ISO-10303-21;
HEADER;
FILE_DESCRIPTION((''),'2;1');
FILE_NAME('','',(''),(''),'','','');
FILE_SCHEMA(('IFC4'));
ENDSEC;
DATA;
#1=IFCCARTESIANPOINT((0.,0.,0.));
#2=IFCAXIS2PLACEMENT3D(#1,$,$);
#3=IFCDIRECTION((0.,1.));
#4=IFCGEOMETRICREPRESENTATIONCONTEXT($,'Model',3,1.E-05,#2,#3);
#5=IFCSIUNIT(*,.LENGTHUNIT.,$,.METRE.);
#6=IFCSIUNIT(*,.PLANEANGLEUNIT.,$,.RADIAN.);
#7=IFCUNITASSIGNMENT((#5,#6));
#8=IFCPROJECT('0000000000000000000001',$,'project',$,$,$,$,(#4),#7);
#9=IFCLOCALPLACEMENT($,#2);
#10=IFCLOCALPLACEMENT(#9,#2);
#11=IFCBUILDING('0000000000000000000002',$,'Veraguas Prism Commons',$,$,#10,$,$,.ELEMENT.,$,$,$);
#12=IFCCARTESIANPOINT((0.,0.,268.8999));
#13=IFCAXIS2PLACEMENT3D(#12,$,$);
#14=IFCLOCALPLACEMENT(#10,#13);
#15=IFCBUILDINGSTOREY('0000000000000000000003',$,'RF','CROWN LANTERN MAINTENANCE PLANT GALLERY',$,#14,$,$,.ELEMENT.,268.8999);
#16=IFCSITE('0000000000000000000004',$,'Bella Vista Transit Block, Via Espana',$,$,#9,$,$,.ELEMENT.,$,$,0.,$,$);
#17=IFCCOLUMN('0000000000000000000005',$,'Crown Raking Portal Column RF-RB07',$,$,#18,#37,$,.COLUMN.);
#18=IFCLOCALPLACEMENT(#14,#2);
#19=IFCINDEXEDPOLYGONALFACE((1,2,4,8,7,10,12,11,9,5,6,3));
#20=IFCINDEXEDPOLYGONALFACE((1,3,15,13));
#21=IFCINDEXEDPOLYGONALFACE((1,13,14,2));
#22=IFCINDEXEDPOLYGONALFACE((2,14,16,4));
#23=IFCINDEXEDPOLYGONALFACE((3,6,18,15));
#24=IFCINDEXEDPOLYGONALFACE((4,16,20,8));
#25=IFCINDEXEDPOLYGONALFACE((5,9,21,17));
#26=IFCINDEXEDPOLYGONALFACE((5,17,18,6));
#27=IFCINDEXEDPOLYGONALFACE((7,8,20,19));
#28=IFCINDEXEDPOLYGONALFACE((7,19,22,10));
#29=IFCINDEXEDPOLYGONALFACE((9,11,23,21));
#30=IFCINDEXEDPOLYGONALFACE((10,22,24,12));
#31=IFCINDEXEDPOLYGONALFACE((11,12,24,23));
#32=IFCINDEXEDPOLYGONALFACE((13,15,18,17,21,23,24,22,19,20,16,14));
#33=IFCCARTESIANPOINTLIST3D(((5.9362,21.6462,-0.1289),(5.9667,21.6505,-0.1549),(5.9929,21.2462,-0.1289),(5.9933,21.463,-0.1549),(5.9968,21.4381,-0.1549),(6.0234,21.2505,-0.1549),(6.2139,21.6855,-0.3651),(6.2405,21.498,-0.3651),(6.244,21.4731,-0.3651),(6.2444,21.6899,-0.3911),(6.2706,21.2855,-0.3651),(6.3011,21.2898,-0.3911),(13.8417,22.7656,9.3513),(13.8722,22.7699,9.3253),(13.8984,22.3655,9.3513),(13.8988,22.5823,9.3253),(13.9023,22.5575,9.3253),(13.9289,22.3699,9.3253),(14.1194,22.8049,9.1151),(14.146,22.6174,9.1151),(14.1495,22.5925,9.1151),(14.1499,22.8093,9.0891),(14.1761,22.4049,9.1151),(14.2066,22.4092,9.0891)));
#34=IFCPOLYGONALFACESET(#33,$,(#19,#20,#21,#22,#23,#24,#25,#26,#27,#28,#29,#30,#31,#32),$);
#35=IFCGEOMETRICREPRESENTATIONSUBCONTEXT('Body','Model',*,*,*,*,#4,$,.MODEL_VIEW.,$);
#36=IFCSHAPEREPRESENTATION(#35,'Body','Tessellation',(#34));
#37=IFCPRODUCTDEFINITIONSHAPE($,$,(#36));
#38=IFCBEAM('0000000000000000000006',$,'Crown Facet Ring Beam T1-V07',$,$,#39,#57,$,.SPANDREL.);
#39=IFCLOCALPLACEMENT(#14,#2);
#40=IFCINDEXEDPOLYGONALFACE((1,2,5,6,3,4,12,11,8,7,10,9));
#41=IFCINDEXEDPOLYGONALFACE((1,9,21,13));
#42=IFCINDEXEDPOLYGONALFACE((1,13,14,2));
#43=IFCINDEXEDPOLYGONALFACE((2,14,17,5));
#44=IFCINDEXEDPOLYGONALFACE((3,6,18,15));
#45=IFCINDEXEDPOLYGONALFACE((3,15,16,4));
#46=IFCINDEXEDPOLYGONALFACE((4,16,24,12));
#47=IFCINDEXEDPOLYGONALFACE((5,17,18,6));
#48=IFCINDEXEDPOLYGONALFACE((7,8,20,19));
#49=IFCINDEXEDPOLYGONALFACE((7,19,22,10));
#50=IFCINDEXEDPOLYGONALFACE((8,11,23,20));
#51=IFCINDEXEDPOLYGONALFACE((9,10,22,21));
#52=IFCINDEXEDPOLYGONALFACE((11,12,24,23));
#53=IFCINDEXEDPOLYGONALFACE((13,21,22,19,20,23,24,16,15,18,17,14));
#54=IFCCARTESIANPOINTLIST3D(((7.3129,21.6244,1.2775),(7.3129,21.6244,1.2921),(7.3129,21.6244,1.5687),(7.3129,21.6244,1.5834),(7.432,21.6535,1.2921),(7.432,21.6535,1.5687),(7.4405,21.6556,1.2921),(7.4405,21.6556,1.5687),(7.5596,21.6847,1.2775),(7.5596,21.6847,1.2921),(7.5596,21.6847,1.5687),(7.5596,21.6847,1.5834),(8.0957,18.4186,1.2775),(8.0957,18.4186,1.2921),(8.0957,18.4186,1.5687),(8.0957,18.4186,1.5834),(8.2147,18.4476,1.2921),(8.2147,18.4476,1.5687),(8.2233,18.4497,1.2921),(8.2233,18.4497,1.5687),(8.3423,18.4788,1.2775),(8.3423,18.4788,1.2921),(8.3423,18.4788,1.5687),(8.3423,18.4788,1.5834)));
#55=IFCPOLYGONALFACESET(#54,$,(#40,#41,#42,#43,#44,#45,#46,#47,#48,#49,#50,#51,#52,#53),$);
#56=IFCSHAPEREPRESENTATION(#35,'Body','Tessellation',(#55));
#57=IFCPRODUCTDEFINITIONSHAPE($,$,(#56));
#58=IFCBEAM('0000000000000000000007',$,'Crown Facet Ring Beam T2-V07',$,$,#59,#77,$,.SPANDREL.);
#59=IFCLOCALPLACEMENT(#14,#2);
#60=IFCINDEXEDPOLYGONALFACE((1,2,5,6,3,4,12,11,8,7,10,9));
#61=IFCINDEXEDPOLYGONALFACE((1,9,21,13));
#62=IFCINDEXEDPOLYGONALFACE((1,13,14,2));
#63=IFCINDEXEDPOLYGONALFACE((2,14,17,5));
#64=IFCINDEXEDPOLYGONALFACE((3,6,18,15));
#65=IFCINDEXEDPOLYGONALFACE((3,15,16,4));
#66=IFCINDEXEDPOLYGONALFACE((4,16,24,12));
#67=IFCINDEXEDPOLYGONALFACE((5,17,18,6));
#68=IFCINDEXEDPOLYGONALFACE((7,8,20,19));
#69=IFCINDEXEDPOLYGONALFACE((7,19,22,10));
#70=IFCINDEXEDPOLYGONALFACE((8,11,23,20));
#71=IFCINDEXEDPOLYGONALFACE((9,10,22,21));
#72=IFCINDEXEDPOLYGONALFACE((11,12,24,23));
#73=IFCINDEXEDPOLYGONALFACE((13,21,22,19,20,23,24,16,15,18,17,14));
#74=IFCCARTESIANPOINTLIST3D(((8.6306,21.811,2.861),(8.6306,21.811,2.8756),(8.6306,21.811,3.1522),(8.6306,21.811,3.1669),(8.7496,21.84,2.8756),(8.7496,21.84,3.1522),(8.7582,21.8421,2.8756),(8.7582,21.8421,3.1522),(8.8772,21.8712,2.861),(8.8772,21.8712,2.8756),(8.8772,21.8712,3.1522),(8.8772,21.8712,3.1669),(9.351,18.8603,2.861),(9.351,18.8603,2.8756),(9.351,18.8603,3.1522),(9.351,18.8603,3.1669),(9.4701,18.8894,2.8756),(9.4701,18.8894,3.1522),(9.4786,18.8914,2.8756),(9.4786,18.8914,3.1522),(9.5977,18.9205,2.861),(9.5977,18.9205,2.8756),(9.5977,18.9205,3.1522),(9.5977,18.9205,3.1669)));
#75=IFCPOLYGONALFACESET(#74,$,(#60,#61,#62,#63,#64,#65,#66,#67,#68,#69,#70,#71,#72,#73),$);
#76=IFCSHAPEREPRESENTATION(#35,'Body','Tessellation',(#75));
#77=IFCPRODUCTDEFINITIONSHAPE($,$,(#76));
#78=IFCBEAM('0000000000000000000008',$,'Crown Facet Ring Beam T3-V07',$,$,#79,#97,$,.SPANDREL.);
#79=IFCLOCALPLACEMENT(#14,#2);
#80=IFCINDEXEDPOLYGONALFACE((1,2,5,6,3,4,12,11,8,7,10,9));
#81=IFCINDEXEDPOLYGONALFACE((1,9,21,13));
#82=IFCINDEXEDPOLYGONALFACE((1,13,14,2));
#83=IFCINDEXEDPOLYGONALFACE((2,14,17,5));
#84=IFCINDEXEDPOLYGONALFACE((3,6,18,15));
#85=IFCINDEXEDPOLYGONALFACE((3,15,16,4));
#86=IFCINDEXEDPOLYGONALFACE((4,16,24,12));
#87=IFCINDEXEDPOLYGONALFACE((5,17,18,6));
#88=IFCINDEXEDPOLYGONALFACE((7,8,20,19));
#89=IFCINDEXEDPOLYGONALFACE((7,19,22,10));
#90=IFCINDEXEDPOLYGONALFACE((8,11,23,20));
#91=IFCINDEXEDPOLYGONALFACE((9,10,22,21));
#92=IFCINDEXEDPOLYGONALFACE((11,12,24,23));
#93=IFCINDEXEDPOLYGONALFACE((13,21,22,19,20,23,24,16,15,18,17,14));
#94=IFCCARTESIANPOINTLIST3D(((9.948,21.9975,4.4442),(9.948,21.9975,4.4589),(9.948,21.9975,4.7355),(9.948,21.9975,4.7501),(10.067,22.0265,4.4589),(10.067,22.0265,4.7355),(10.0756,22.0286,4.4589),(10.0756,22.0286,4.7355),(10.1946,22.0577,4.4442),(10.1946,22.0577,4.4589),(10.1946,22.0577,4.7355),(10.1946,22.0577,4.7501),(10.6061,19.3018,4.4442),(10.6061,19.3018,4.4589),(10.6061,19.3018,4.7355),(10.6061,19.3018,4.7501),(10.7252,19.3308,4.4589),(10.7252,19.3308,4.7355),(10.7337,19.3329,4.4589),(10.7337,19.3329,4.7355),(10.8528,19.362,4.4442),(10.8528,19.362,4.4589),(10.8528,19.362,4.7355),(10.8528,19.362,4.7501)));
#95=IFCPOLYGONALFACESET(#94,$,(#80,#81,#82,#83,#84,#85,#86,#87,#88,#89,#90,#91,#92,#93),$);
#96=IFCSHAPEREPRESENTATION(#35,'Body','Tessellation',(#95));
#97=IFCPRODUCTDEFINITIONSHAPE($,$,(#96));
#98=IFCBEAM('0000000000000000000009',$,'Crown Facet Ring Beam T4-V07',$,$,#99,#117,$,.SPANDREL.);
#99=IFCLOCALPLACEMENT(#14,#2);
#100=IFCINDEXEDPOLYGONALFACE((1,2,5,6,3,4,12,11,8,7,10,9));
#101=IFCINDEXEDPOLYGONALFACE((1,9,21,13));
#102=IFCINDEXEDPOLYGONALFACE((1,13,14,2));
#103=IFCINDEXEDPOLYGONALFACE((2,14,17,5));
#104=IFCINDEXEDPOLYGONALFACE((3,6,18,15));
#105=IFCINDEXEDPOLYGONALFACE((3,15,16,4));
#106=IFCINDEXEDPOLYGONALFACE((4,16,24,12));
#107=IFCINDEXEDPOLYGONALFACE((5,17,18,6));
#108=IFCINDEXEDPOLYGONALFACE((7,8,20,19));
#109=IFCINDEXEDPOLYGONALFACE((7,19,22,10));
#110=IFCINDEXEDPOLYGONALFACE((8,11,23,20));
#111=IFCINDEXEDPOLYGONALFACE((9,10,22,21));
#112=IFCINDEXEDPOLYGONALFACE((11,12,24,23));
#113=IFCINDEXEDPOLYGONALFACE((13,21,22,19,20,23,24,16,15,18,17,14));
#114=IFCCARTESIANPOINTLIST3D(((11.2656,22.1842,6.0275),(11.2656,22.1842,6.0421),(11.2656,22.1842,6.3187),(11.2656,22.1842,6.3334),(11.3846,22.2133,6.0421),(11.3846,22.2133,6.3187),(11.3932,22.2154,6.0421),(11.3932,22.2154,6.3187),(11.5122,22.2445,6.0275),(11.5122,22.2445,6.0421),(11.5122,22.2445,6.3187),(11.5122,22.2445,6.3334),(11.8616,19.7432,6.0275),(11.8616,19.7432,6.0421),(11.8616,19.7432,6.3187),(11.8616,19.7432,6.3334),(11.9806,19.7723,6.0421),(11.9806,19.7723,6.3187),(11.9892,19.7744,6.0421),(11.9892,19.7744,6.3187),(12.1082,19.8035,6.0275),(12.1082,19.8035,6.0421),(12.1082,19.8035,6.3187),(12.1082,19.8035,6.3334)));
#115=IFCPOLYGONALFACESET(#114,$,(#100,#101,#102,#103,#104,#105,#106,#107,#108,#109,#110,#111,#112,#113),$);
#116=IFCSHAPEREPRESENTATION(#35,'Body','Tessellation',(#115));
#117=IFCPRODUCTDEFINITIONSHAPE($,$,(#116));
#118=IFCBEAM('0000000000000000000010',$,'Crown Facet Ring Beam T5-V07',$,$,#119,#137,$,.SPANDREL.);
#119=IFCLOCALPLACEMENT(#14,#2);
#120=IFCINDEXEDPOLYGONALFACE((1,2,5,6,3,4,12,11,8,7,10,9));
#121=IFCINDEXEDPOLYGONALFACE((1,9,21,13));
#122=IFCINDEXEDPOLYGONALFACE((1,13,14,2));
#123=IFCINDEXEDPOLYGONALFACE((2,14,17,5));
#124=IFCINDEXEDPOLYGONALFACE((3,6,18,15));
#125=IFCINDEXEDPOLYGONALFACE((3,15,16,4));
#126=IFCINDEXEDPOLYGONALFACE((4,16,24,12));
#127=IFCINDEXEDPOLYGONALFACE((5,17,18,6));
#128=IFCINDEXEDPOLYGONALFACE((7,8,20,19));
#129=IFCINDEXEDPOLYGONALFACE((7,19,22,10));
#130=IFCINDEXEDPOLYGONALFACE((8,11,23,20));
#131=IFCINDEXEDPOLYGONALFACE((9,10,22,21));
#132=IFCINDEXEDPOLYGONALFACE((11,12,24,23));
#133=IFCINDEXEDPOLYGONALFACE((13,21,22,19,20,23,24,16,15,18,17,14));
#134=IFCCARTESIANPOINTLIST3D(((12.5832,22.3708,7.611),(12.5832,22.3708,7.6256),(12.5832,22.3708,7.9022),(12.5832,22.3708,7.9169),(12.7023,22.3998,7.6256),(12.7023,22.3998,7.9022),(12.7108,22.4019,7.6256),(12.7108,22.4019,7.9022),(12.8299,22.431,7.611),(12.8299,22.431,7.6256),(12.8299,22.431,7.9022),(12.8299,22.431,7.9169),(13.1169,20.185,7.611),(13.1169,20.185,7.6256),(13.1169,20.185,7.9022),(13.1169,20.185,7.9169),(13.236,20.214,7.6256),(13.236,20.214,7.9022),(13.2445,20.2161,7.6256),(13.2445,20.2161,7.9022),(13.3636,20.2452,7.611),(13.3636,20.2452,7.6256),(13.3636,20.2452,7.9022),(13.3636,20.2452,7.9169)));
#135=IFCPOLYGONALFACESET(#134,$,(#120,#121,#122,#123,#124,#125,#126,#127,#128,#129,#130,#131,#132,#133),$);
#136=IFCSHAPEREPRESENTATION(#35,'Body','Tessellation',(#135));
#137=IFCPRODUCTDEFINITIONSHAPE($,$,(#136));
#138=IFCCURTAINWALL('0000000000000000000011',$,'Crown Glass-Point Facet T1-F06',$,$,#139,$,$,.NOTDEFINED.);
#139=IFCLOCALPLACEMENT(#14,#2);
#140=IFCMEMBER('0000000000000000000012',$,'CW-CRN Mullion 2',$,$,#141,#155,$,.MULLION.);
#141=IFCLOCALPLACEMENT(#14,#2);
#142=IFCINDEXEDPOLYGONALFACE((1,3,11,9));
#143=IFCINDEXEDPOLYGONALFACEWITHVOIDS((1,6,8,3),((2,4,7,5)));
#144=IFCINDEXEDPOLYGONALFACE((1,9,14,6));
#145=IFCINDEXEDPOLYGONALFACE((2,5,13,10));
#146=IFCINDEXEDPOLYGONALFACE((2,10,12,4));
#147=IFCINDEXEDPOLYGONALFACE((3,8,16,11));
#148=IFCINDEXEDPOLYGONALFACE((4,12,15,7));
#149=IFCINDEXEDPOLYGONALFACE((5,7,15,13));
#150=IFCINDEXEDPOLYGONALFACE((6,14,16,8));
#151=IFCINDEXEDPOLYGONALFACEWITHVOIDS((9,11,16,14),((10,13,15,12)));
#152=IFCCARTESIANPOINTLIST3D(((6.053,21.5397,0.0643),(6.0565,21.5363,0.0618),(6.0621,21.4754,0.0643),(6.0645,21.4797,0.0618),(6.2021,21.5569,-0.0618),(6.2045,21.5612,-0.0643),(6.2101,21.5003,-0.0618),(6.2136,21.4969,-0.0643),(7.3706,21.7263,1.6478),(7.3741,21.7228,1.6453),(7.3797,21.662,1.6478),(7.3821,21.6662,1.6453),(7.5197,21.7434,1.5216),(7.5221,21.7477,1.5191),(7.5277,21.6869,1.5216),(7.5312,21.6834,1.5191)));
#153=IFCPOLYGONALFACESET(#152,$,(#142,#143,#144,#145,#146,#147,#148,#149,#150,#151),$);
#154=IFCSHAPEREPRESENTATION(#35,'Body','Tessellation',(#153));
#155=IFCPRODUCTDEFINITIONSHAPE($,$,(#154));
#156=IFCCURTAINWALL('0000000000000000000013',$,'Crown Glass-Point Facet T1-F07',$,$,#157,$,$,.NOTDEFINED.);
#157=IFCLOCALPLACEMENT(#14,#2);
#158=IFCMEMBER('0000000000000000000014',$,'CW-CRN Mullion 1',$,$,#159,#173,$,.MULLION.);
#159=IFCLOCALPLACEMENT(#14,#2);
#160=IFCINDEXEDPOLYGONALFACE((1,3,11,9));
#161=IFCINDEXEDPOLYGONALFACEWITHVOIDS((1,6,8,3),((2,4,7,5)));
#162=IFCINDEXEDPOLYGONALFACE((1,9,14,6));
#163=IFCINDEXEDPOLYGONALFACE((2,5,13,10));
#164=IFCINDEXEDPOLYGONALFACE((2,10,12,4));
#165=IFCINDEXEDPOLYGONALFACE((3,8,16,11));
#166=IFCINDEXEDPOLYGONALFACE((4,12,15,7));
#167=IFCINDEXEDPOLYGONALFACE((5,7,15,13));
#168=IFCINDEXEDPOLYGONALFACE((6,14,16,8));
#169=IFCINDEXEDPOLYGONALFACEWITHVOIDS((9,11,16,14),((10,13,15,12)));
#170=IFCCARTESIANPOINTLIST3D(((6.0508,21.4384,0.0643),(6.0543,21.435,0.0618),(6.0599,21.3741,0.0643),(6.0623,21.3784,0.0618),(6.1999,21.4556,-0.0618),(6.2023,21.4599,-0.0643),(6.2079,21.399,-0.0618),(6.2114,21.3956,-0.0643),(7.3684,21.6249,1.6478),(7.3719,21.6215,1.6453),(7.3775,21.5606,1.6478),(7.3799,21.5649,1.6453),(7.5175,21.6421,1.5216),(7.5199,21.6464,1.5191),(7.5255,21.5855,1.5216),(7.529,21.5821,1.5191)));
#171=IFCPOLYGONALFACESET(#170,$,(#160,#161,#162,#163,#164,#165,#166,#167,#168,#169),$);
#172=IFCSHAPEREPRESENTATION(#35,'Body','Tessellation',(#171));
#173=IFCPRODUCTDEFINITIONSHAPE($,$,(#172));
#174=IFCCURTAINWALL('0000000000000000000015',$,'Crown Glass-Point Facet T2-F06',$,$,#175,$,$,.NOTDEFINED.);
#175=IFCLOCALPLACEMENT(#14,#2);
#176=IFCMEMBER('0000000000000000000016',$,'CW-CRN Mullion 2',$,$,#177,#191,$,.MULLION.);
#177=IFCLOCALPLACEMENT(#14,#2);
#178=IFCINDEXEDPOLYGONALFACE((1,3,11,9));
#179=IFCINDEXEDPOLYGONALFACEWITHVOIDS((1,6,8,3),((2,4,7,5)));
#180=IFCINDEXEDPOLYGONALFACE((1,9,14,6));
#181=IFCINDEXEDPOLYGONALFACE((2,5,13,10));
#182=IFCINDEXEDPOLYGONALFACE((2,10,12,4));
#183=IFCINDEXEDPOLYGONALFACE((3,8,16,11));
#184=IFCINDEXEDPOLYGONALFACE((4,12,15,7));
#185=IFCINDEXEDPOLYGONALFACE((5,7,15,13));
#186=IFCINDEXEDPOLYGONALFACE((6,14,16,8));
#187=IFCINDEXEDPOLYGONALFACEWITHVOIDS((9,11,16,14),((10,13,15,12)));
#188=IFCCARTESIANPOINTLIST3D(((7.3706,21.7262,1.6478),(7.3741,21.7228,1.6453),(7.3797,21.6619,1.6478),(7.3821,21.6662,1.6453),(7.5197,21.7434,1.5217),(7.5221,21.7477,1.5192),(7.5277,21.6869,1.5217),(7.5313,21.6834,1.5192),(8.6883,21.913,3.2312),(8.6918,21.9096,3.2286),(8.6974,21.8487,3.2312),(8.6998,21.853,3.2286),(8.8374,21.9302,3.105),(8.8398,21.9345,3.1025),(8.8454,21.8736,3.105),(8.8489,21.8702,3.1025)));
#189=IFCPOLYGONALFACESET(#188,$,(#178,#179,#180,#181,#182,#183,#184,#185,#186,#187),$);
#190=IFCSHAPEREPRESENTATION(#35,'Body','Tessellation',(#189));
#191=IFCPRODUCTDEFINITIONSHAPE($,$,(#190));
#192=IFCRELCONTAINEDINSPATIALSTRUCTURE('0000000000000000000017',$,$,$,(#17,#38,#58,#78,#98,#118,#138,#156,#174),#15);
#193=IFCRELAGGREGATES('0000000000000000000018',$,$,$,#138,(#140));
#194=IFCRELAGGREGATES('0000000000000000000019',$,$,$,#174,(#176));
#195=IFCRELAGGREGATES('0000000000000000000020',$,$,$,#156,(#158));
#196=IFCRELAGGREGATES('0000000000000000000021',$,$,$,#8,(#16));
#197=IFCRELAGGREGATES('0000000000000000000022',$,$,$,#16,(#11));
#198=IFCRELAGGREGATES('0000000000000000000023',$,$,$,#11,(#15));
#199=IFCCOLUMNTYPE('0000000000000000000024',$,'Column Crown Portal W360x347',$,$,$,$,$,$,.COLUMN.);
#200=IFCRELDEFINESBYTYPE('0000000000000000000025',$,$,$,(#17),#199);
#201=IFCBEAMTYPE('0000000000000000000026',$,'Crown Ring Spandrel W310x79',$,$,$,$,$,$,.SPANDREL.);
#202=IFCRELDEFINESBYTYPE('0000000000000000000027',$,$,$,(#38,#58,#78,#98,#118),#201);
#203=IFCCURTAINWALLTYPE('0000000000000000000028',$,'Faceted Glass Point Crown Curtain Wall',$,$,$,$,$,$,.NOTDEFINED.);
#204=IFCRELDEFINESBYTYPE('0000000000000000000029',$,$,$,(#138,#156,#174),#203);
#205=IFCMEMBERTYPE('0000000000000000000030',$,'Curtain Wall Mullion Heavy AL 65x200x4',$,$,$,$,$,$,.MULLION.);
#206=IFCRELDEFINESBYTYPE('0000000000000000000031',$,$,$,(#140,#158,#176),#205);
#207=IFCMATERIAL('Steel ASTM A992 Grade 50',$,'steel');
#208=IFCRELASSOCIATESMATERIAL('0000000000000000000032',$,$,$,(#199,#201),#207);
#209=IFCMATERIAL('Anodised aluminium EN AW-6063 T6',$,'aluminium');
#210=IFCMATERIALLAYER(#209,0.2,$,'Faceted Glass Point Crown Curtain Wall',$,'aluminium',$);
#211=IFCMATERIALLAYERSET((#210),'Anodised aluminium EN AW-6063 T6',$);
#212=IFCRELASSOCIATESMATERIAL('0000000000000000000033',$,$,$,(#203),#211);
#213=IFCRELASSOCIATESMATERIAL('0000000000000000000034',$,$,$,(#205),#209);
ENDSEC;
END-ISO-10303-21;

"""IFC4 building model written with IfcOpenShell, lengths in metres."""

from ifc_helpers import new_model, si_unit, direction, frame, origin, origin_2d, place, context, subcontext, project, spatial, hollow_rectangle, i_section, extrude, source, transform, mapped, material, layer, layer_set, material_profile, profile_set, type_object, element, aggregate, save


model = new_model("IFC4")

# Units and contexts
model_context = context("Model", 3, precision=1e-05, world=origin(), true_north=direction((0.0, 1.0)))
body_context = subcontext(model_context, "Body", "Model", "MODEL_VIEW")
ifc_project = project(units=[si_unit("LENGTHUNIT", "METRE"), si_unit("PLANEANGLEUNIT", "RADIAN")], contexts=[model_context])

# Site, building, storey
site_placement = place(None, origin())
site = spatial("IfcSite", under=ifc_project, at=site_placement, Name="Bella Vista Transit Block, Via Espana", CompositionType="ELEMENT", RefElevation=0.0)
building_placement = place(site_placement, origin())
building = spatial("IfcBuilding", under=site, at=building_placement, Name="Veraguas Prism Commons", CompositionType="ELEMENT")
storey_placement = place(building_placement, frame((0.0, 0.0, 268.8999)))
storey = spatial("IfcBuildingStorey", under=building, at=storey_placement, Name="RF", Description="CROWN LANTERN MAINTENANCE PLANT GALLERY", CompositionType="ELEMENT", Elevation=268.8999)

# Column
ifc_material_1 = material(Name="Steel ASTM A992 Grade 50", Category="steel")
ifc_material_profile_1 = material_profile(ifc_material_1, i_section(OverallWidth=0.4041, OverallDepth=0.407, WebThickness=0.0251, FlangeThickness=0.0403, at=origin_2d()), Name="W360X347")
ifc_profile_set_1 = profile_set([ifc_material_profile_1], Name="Steel ASTM A992 Grade 50")
column_type = type_object("IfcColumnType", Name="Column Crown Portal W360x347", PredefinedType="COLUMN", material=ifc_profile_set_1)
column_placement = place(storey_placement, frame((6.1187, 21.468, -0.26), z_axis=(0.637822, 0.090313, 0.76487), x_axis=(-0.140197, 0.990124, 0.0)))
element("IfcColumn", 1, at=column_placement, inside=storey, type_object=column_type, Name="Crown Raking Portal Column RF-RB07", PredefinedType="COLUMN", context=body_context, shape_type="SweptSolid", body=[
    extrude(i_section(OverallWidth=0.4041, OverallDepth=0.407, WebThickness=0.0251, FlangeThickness=0.0403, at=origin_2d()), origin(), (0.0, 0.0, 1.0), 12.3945),
])

# Beams
ifc_material_profile_2 = material_profile(ifc_material_1, i_section(OverallWidth=0.2539, OverallDepth=0.3059, WebThickness=0.0088, FlangeThickness=0.0146, at=origin_2d()), Name="W310X79")
ifc_profile_set_2 = profile_set([ifc_material_profile_2], Name="Steel ASTM A992 Grade 50")
beam_type = type_object("IfcBeamType", Name="Crown Ring Spandrel W310x79", PredefinedType="SPANDREL", material=ifc_profile_set_2)
beam_1_placement = place(storey_placement, frame((7.4363, 21.6545, 1.4304), z_axis=(0.237188, -0.971464, 0.0), x_axis=(0.971464, 0.237188, 0.0)))
element("IfcBeam", 2, at=beam_1_placement, inside=storey, type_object=beam_type, Name="Crown Facet Ring Beam T1-V07", PredefinedType="SPANDREL", context=body_context, shape_type="SweptSolid", body=[
    extrude(i_section(OverallWidth=0.2539, OverallDepth=0.3059, WebThickness=0.0088, FlangeThickness=0.0146, at=origin_2d()), origin(), (0.0, 0.0, 1.0), 3.3),
])
beam_2_placement = place(storey_placement, frame((8.7539, 21.8411, 3.0139), z_axis=(0.237199, -0.971461, 0.0), x_axis=(0.971461, 0.237199, 0.0)))
element("IfcBeam", 3, at=beam_2_placement, inside=storey, type_object=beam_type, Name="Crown Facet Ring Beam T2-V07", PredefinedType="SPANDREL", context=body_context, shape_type="SweptSolid", body=[
    extrude(i_section(OverallWidth=0.2539, OverallDepth=0.3059, WebThickness=0.0088, FlangeThickness=0.0146, at=origin_2d()), origin(), (0.0, 0.0, 1.0), 3.0374),
])
beam_3_placement = place(storey_placement, frame((10.0713, 22.0276, 4.5972), z_axis=(0.237191, -0.971463, 0.0), x_axis=(0.971463, 0.237191, 0.0)))
element("IfcBeam", 4, at=beam_3_placement, inside=storey, type_object=beam_type, Name="Crown Facet Ring Beam T3-V07", PredefinedType="SPANDREL", context=body_context, shape_type="SweptSolid", body=[
    extrude(i_section(OverallWidth=0.2539, OverallDepth=0.3059, WebThickness=0.0088, FlangeThickness=0.0146, at=origin_2d()), origin(), (0.0, 0.0, 1.0), 2.7749),
])
beam_4_placement = place(storey_placement, frame((11.3889, 22.2144, 6.1804), z_axis=(0.237182, -0.971465, 0.0), x_axis=(0.971465, 0.237182, 0.0)))
element("IfcBeam", 5, at=beam_4_placement, inside=storey, type_object=beam_type, Name="Crown Facet Ring Beam T4-V07", PredefinedType="SPANDREL", context=body_context, shape_type="SweptSolid", body=[
    extrude(i_section(OverallWidth=0.2539, OverallDepth=0.3059, WebThickness=0.0088, FlangeThickness=0.0146, at=origin_2d()), origin(), (0.0, 0.0, 1.0), 2.5127),
])
beam_5_placement = place(storey_placement, frame((12.7065, 22.4009, 7.7639), z_axis=(0.237196, -0.971462, 0.0), x_axis=(0.971462, 0.237196, 0.0)))
element("IfcBeam", 6, at=beam_5_placement, inside=storey, type_object=beam_type, Name="Crown Facet Ring Beam T5-V07", PredefinedType="SPANDREL", context=body_context, shape_type="SweptSolid", body=[
    extrude(i_section(OverallWidth=0.2539, OverallDepth=0.3059, WebThickness=0.0088, FlangeThickness=0.0146, at=origin_2d()), origin(), (0.0, 0.0, 1.0), 2.25),
])

# Curtain walls, members
ifc_material_2 = material(Name="Anodised aluminium EN AW-6063 T6", Category="aluminium")
ifc_layer_1 = layer(ifc_material_2, 0.2, Name="Faceted Glass Point Crown Curtain Wall", Category="aluminium")
ifc_layer_set_1 = layer_set([ifc_layer_1], Name="Anodised aluminium EN AW-6063 T6")
curtain_wall_type = type_object("IfcCurtainWallType", Name="Faceted Glass Point Crown Curtain Wall", PredefinedType="NOTDEFINED", material=ifc_layer_set_1)
curtain_wall_1_placement = place(storey_placement, origin())
curtain_wall_1 = element("IfcCurtainWall", 7, at=curtain_wall_1_placement, inside=storey, type_object=curtain_wall_type, Name="Crown Glass-Point Facet T1-F06", PredefinedType="NOTDEFINED")
ifc_material_profile_3 = material_profile(ifc_material_2, hollow_rectangle(XDim=0.0649, YDim=0.2, WallThickness=0.0039, at=origin_2d()), Name="AL65X200X4")
ifc_profile_set_3 = profile_set([ifc_material_profile_3], Name="Anodised aluminium EN AW-6063 T6")
member_type_1 = type_object("IfcMemberType", Name="Curtain Wall Mullion Heavy AL 65x200x4", PredefinedType="MULLION", material=ifc_profile_set_3)
shared_shape_1 = source(origin(), body_context, "Body", "SweptSolid", [
    extrude(hollow_rectangle(XDim=0.0649, YDim=0.2, WallThickness=0.0039, at=origin_2d()), origin(), (0.0, 0.0, 1.0), 2.0684),
])
member_1_placement = place(storey_placement, frame((6.1333, 21.5183, 0.0), z_axis=(0.637019, 0.090176, 0.765556), x_axis=(-0.140163, 0.990128, 0.0)))
member_1 = element("IfcMember", 8, at=member_1_placement, type_object=member_type_1, Name="CW-CRN Mullion 2", PredefinedType="MULLION", context=body_context, shape_type="MappedRepresentation", body=[
    mapped(shared_shape_1, transform((0.0, 0.0, 0.0), scale=1.0)),
])
aggregate(curtain_wall_1, [member_1])
curtain_wall_2_placement = place(storey_placement, origin())
curtain_wall_2 = element("IfcCurtainWall", 9, at=curtain_wall_2_placement, inside=storey, type_object=curtain_wall_type, Name="Crown Glass-Point Facet T1-F07", PredefinedType="NOTDEFINED")
member_2_placement = place(storey_placement, frame((6.1311, 21.417, 0.0), z_axis=(0.637019, 0.090176, 0.765556), x_axis=(-0.140163, 0.990128, 0.0)))
member_2 = element("IfcMember", 10, at=member_2_placement, type_object=member_type_1, Name="CW-CRN Mullion 1", PredefinedType="MULLION", context=body_context, shape_type="MappedRepresentation", body=[
    mapped(shared_shape_1, transform((0.0, 0.0, 0.0), scale=1.0)),
])
curtain_wall_3_placement = place(storey_placement, origin())
curtain_wall_3 = element("IfcCurtainWall", 11, at=curtain_wall_3_placement, inside=storey, type_object=curtain_wall_type, Name="Crown Glass-Point Facet T2-F06", PredefinedType="NOTDEFINED")
member_3_placement = place(storey_placement, frame((7.4509, 21.7048, 1.5835), z_axis=(0.63707, 0.090302, 0.765499), x_axis=(-0.140343, 0.990103, 0.0)))
member_3 = element("IfcMember", 12, at=member_3_placement, type_object=member_type_1, Name="CW-CRN Mullion 2", PredefinedType="MULLION", context=body_context, shape_type="MappedRepresentation", body=[
    mapped(shared_shape_1, transform((0.0, 0.0, 0.0), scale=1.0)),
])
aggregate(curtain_wall_3, [member_3])

aggregate(curtain_wall_2, [member_2])

save(model, "model.ifc")
